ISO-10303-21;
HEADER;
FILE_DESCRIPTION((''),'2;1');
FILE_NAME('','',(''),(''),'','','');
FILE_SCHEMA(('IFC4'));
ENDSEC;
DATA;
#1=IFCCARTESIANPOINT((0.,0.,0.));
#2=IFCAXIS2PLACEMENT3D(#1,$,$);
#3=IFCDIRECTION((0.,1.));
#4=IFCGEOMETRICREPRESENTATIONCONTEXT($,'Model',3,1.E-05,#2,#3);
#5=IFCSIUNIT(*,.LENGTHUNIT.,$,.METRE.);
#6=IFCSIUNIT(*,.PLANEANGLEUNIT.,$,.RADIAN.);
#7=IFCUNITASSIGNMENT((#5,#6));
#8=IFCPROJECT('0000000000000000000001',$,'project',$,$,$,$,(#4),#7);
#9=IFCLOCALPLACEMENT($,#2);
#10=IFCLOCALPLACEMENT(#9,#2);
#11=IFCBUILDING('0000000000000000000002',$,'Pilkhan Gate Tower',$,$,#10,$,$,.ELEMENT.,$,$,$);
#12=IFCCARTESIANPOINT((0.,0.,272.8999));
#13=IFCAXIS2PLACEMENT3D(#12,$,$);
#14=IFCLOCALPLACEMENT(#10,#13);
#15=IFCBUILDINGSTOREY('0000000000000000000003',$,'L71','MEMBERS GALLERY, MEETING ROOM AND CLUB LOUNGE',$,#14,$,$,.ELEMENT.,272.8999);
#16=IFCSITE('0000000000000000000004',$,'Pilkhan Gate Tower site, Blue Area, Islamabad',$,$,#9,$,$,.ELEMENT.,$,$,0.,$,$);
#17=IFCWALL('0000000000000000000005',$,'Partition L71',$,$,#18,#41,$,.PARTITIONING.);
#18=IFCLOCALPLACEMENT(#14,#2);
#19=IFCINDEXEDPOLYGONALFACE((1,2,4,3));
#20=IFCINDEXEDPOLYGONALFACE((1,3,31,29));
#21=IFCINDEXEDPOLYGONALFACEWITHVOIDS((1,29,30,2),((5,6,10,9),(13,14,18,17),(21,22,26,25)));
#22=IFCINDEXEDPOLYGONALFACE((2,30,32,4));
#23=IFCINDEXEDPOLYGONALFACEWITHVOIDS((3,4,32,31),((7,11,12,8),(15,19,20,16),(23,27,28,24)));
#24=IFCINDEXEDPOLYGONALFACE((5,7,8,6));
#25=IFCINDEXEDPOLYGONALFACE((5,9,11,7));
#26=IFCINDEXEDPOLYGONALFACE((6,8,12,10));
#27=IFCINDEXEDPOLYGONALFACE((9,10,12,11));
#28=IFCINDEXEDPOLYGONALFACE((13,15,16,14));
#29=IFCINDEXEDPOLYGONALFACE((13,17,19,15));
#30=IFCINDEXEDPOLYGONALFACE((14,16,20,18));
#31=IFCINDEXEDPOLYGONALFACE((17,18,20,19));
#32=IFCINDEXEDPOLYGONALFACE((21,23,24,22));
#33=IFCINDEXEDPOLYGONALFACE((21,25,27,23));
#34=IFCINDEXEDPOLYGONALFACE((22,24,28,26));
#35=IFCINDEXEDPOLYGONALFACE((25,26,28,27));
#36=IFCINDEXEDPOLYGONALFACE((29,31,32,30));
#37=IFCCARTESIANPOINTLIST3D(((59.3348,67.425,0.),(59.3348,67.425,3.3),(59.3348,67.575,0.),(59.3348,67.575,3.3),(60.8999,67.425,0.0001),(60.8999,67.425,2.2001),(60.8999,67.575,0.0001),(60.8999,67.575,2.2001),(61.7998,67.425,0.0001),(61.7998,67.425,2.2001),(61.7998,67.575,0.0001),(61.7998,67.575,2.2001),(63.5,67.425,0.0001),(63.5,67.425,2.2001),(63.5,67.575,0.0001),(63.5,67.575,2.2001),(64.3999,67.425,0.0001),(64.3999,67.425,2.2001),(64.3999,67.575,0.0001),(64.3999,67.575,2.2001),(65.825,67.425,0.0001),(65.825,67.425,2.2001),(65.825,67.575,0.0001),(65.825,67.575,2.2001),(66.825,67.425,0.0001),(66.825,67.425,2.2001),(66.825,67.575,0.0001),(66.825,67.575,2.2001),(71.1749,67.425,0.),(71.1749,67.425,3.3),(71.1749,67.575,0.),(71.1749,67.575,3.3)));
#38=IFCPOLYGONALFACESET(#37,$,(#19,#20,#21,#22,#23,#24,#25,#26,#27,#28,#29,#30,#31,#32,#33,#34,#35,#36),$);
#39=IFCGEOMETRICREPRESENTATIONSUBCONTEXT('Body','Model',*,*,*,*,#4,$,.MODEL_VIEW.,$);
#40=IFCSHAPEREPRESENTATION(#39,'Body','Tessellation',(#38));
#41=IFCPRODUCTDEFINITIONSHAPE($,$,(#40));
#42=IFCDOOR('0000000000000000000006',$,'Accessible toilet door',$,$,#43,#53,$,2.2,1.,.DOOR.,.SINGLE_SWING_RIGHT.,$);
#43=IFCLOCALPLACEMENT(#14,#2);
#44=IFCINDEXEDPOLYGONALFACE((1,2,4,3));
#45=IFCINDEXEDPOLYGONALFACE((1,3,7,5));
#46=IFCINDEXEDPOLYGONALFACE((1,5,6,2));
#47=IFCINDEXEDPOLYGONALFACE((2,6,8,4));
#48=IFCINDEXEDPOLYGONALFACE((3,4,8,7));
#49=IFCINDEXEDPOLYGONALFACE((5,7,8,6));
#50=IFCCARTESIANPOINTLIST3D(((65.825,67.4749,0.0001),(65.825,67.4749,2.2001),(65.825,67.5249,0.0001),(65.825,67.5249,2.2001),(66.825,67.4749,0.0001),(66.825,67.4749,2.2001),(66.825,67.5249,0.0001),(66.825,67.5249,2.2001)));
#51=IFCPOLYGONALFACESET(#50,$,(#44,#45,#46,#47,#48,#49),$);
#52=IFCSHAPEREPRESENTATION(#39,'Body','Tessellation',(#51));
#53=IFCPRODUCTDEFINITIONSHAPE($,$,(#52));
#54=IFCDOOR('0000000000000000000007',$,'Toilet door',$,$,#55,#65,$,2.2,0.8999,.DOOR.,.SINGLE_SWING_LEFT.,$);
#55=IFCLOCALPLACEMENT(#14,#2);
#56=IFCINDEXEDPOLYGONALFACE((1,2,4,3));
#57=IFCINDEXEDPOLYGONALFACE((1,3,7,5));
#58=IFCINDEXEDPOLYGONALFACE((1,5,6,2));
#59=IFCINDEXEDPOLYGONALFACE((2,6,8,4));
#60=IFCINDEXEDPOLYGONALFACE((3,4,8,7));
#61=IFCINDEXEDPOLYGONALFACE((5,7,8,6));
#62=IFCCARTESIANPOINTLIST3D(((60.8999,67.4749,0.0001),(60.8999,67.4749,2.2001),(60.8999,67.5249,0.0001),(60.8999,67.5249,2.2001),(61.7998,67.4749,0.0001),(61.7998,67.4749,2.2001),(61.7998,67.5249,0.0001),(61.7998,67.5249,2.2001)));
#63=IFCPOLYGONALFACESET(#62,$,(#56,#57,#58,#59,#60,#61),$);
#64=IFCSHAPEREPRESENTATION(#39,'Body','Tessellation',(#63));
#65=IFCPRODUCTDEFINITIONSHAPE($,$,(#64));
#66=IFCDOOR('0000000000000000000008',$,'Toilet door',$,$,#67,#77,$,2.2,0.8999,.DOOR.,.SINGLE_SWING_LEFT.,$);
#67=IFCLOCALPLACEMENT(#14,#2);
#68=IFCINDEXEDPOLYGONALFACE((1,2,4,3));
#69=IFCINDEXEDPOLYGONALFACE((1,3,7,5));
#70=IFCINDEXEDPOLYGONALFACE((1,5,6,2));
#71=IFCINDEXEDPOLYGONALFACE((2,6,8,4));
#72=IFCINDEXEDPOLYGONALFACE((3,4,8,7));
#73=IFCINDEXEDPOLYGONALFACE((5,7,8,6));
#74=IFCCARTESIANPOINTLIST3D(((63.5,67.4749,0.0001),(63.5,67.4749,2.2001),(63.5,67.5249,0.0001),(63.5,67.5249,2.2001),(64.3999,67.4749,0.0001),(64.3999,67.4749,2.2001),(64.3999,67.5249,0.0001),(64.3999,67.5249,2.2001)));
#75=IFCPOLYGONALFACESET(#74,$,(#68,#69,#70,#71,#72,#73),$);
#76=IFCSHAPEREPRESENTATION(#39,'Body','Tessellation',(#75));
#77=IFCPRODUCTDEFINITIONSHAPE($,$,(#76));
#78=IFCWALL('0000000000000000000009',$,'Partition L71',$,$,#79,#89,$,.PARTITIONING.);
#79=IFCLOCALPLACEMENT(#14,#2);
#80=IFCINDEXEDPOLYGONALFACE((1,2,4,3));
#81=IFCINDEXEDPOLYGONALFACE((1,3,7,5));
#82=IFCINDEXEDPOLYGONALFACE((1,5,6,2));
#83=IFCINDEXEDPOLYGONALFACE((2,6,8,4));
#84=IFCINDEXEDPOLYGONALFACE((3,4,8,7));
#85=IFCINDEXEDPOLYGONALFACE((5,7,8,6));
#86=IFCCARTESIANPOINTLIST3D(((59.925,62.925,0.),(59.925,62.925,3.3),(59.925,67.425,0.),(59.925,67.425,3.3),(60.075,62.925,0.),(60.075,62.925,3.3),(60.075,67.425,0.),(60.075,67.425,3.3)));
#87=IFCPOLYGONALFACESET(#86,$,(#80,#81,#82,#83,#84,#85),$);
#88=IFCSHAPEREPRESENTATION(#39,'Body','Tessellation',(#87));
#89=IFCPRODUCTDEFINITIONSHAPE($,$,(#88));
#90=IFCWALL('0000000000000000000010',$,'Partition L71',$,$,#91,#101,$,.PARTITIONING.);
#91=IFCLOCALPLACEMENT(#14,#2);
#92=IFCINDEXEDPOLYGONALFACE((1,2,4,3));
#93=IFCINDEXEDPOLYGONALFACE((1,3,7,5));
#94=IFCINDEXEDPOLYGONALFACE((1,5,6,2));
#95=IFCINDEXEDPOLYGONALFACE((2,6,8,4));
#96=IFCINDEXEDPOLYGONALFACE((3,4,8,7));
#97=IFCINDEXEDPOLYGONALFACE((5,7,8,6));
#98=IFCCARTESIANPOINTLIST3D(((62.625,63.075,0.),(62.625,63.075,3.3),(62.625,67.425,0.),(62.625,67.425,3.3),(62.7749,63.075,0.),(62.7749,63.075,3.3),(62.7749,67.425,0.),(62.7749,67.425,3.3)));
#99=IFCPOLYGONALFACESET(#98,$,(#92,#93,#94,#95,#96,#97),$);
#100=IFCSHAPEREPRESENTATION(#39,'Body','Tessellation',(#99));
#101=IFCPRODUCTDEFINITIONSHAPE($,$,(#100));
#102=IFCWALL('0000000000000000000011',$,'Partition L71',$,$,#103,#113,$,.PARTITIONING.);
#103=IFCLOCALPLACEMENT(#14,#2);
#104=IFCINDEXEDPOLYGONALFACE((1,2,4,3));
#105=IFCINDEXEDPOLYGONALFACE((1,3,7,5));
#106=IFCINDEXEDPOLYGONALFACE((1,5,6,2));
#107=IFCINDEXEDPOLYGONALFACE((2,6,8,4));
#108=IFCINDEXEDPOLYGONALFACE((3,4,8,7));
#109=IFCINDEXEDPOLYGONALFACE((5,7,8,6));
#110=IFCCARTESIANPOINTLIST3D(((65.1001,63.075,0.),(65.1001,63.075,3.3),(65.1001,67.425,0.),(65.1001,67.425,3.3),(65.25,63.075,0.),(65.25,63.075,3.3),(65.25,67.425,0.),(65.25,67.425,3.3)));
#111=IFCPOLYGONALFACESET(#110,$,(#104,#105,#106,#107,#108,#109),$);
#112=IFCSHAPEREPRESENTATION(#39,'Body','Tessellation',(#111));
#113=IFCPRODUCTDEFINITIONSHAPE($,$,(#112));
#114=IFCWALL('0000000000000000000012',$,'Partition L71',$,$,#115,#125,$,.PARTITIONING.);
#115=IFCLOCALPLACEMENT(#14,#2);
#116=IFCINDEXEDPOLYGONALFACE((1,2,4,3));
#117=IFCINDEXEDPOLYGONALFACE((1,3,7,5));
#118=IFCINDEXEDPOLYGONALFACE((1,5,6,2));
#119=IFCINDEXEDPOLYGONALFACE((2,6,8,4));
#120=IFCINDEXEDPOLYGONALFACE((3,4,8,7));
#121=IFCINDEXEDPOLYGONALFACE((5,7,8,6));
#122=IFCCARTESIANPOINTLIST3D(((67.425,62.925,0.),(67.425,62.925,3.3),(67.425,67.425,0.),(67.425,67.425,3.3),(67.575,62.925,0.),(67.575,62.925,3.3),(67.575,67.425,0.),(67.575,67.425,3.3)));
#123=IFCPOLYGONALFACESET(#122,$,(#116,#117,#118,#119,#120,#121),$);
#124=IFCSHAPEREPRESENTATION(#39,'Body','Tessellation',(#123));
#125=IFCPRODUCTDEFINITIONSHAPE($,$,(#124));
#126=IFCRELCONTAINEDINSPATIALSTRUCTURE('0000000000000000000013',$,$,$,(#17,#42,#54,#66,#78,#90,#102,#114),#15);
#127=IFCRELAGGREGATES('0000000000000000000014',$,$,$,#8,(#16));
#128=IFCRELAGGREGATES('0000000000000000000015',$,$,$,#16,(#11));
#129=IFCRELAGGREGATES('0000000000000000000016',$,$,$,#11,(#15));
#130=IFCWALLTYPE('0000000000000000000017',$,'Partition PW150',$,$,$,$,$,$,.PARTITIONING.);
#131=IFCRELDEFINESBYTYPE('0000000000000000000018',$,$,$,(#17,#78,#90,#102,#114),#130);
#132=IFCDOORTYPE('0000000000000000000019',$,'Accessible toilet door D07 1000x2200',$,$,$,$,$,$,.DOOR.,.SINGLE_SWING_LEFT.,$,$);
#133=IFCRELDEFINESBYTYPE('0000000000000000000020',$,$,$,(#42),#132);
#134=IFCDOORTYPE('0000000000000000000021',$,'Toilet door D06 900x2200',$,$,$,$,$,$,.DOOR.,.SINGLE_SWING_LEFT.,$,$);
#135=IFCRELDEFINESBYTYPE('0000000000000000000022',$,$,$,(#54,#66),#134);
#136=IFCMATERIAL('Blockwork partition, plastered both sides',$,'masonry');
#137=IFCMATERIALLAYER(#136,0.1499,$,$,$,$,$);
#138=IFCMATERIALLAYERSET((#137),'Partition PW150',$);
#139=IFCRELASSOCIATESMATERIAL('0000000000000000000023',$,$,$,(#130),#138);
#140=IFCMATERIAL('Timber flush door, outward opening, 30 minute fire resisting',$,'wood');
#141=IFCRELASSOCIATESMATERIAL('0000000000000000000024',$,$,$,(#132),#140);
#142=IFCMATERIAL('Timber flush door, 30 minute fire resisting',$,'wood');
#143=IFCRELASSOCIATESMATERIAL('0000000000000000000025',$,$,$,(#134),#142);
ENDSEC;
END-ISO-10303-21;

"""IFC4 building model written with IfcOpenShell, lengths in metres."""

from ifc_helpers import new_model, si_unit, direction, frame, frame_2d, origin, place, context, subcontext, project, spatial, rectangle, extrude, material, layer, layer_set, type_object, element, fill, save


model = new_model("IFC4")

# Units and contexts
model_context = context("Model", 3, precision=1e-05, world=origin(), true_north=direction((0.0, 1.0)))
body_context = subcontext(model_context, "Body", "Model", "MODEL_VIEW")
ifc_project = project(units=[si_unit("LENGTHUNIT", "METRE"), si_unit("PLANEANGLEUNIT", "RADIAN")], contexts=[model_context])

# Site, building, storey
site_placement = place(None, origin())
site = spatial("IfcSite", under=ifc_project, at=site_placement, Name="Pilkhan Gate Tower site, Blue Area, Islamabad", CompositionType="ELEMENT", RefElevation=0.0)
building_placement = place(site_placement, origin())
building = spatial("IfcBuilding", under=site, at=building_placement, Name="Pilkhan Gate Tower", CompositionType="ELEMENT")
storey_placement = place(building_placement, frame((0.0, 0.0, 272.8999)))
storey = spatial("IfcBuildingStorey", under=building, at=storey_placement, Name="L71", Description="MEMBERS GALLERY, MEETING ROOM AND CLUB LOUNGE", CompositionType="ELEMENT", Elevation=272.8999)

# Shared definitions
ifc_material_1 = material(Name="Blockwork partition, plastered both sides", Category="masonry")
ifc_layer_1 = layer(ifc_material_1, 0.1499)
ifc_layer_set_1 = layer_set([ifc_layer_1], Name="Partition PW150")
wall_type_1 = type_object("IfcWallType", Name="Partition PW150", PredefinedType="PARTITIONING", material=ifc_layer_set_1)

# Wall, openings, doors
wall_1_placement = place(storey_placement, frame((59.335, 67.5, 0.0), z_axis=(0.0, 0.0, 1.0), x_axis=(1.0, 0.0, 0.0)))
wall_1 = element("IfcWall", 1, at=wall_1_placement, inside=storey, type_object=wall_type_1, Name="Partition L71", PredefinedType="PARTITIONING", context=body_context, shape_type="SweptSolid", body=[
    extrude(rectangle(XDim=11.8401, YDim=0.1499, at=frame_2d((5.9199, 0.0))), origin(), (0.0, 0.0, 1.0), 3.3),
])
opening_1_placement = place(wall_1_placement, frame((1.5649, 0.0, 0.0)))
opening_1 = element("IfcOpeningElement", 2, at=opening_1_placement, cuts=wall_1, PredefinedType="OPENING", context=body_context, shape_type="SweptSolid", body=[
    extrude(rectangle(XDim=0.8999, YDim=2.2, at=frame_2d((0.45, 1.1001))), frame((0.0, 0.085, 0.0), z_axis=(0.0, -1.0, 0.0), x_axis=(1.0, 0.0, 0.0)), (0.0, 0.0, 1.0), 0.1699),
])
opening_2_placement = place(wall_1_placement, frame((4.165, 0.0, 0.0)))
opening_2 = element("IfcOpeningElement", 3, at=opening_2_placement, cuts=wall_1, PredefinedType="OPENING", context=body_context, shape_type="SweptSolid", body=[
    extrude(rectangle(XDim=0.8999, YDim=2.2, at=frame_2d((0.45, 1.1001))), frame((0.0, 0.085, 0.0), z_axis=(0.0, -1.0, 0.0), x_axis=(1.0, 0.0, 0.0)), (0.0, 0.0, 1.0), 0.1699),
])
opening_3_placement = place(wall_1_placement, frame((6.49, 0.0, 0.0)))
opening_3 = element("IfcOpeningElement", 4, at=opening_3_placement, cuts=wall_1, PredefinedType="OPENING", context=body_context, shape_type="SweptSolid", body=[
    extrude(rectangle(XDim=1.0, YDim=2.2, at=frame_2d((0.5, 1.1001))), frame((0.0, 0.085, 0.0), z_axis=(0.0, -1.0, 0.0), x_axis=(1.0, 0.0, 0.0)), (0.0, 0.0, 1.0), 0.1699),
])
ifc_material_2 = material(Name="Timber flush door, outward opening, 30 minute fire resisting", Category="wood")
door_type_1 = type_object("IfcDoorType", Name="Accessible toilet door D07 1000x2200", OperationType="SINGLE_SWING_LEFT", PredefinedType="DOOR", material=ifc_material_2)
door_1_placement = place(opening_3_placement, origin())
door_1 = element("IfcDoor", 5, at=door_1_placement, inside=storey, type_object=door_type_1, Name="Accessible toilet door", OperationType="SINGLE_SWING_RIGHT", OverallHeight=2.2, OverallWidth=1.0, PredefinedType="DOOR", context=body_context, shape_type="SweptSolid", body=[
    extrude(rectangle(XDim=1.0, YDim=2.2, at=frame_2d((0.5, 1.1001))), frame((0.0, 0.0249, 0.0), z_axis=(0.0, -1.0, 0.0), x_axis=(1.0, 0.0, 0.0)), (0.0, 0.0, 1.0), 0.05),
])
fill(opening_3, door_1)
ifc_material_3 = material(Name="Timber flush door, 30 minute fire resisting", Category="wood")
door_type_2 = type_object("IfcDoorType", Name="Toilet door D06 900x2200", OperationType="SINGLE_SWING_LEFT", PredefinedType="DOOR", material=ifc_material_3)
door_2_placement = place(opening_1_placement, origin())
door_2 = element("IfcDoor", 6, at=door_2_placement, inside=storey, type_object=door_type_2, Name="Toilet door", OperationType="SINGLE_SWING_LEFT", OverallHeight=2.2, OverallWidth=0.8999, PredefinedType="DOOR", context=body_context, shape_type="SweptSolid", body=[
    extrude(rectangle(XDim=0.8999, YDim=2.2, at=frame_2d((0.45, 1.1001))), frame((0.0, 0.0249, 0.0), z_axis=(0.0, -1.0, 0.0), x_axis=(1.0, 0.0, 0.0)), (0.0, 0.0, 1.0), 0.05),
])
fill(opening_1, door_2)
door_3_placement = place(opening_2_placement, origin())
door_3 = element("IfcDoor", 7, at=door_3_placement, inside=storey, type_object=door_type_2, Name="Toilet door", OperationType="SINGLE_SWING_LEFT", OverallHeight=2.2, OverallWidth=0.8999, PredefinedType="DOOR", context=body_context, shape_type="SweptSolid", body=[
    extrude(rectangle(XDim=0.8999, YDim=2.2, at=frame_2d((0.45, 1.1001))), frame((0.0, 0.0249, 0.0), z_axis=(0.0, -1.0, 0.0), x_axis=(1.0, 0.0, 0.0)), (0.0, 0.0, 1.0), 0.05),
])
fill(opening_2, door_3)

# Walls
wall_2_placement = place(storey_placement, frame((60.0, 62.925, 0.0), z_axis=(0.0, 0.0, 1.0), x_axis=(0.0, 1.0, 0.0)))
element("IfcWall", 8, at=wall_2_placement, inside=storey, type_object=wall_type_1, Name="Partition L71", PredefinedType="PARTITIONING", context=body_context, shape_type="SweptSolid", body=[
    extrude(rectangle(XDim=4.5, YDim=0.1499, at=frame_2d((2.25, 0.0))), origin(), (0.0, 0.0, 1.0), 3.3),
])
for number, where, z_axis, x_axis, name in (
    (9, (62.7, 63.075, 0.0), (0.0, 0.0, 1.0), (0.0, 1.0, 0.0), "Partition L71"),
    (10, (65.175, 63.075, 0.0), (0.0, 0.0, 1.0), (0.0, 1.0, 0.0), "Partition L71"),
):
    element("IfcWall", number, at=place(storey_placement, frame(where, z_axis=z_axis, x_axis=x_axis)), inside=storey, type_object=wall_type_1, Name=name, PredefinedType="PARTITIONING", context=body_context, shape_type="SweptSolid", body=[
        extrude(rectangle(XDim=4.3501, YDim=0.1499, at=frame_2d((2.175, 0.0))), origin(), (0.0, 0.0, 1.0), 3.3),
    ])
wall_3_placement = place(storey_placement, frame((67.5, 62.925, 0.0), z_axis=(0.0, 0.0, 1.0), x_axis=(0.0, 1.0, 0.0)))
element("IfcWall", 11, at=wall_3_placement, inside=storey, type_object=wall_type_1, Name="Partition L71", PredefinedType="PARTITIONING", context=body_context, shape_type="SweptSolid", body=[
    extrude(rectangle(XDim=4.5, YDim=0.1499, at=frame_2d((2.25, 0.0))), origin(), (0.0, 0.0, 1.0), 3.3),
])

save(model, "model.ifc")
